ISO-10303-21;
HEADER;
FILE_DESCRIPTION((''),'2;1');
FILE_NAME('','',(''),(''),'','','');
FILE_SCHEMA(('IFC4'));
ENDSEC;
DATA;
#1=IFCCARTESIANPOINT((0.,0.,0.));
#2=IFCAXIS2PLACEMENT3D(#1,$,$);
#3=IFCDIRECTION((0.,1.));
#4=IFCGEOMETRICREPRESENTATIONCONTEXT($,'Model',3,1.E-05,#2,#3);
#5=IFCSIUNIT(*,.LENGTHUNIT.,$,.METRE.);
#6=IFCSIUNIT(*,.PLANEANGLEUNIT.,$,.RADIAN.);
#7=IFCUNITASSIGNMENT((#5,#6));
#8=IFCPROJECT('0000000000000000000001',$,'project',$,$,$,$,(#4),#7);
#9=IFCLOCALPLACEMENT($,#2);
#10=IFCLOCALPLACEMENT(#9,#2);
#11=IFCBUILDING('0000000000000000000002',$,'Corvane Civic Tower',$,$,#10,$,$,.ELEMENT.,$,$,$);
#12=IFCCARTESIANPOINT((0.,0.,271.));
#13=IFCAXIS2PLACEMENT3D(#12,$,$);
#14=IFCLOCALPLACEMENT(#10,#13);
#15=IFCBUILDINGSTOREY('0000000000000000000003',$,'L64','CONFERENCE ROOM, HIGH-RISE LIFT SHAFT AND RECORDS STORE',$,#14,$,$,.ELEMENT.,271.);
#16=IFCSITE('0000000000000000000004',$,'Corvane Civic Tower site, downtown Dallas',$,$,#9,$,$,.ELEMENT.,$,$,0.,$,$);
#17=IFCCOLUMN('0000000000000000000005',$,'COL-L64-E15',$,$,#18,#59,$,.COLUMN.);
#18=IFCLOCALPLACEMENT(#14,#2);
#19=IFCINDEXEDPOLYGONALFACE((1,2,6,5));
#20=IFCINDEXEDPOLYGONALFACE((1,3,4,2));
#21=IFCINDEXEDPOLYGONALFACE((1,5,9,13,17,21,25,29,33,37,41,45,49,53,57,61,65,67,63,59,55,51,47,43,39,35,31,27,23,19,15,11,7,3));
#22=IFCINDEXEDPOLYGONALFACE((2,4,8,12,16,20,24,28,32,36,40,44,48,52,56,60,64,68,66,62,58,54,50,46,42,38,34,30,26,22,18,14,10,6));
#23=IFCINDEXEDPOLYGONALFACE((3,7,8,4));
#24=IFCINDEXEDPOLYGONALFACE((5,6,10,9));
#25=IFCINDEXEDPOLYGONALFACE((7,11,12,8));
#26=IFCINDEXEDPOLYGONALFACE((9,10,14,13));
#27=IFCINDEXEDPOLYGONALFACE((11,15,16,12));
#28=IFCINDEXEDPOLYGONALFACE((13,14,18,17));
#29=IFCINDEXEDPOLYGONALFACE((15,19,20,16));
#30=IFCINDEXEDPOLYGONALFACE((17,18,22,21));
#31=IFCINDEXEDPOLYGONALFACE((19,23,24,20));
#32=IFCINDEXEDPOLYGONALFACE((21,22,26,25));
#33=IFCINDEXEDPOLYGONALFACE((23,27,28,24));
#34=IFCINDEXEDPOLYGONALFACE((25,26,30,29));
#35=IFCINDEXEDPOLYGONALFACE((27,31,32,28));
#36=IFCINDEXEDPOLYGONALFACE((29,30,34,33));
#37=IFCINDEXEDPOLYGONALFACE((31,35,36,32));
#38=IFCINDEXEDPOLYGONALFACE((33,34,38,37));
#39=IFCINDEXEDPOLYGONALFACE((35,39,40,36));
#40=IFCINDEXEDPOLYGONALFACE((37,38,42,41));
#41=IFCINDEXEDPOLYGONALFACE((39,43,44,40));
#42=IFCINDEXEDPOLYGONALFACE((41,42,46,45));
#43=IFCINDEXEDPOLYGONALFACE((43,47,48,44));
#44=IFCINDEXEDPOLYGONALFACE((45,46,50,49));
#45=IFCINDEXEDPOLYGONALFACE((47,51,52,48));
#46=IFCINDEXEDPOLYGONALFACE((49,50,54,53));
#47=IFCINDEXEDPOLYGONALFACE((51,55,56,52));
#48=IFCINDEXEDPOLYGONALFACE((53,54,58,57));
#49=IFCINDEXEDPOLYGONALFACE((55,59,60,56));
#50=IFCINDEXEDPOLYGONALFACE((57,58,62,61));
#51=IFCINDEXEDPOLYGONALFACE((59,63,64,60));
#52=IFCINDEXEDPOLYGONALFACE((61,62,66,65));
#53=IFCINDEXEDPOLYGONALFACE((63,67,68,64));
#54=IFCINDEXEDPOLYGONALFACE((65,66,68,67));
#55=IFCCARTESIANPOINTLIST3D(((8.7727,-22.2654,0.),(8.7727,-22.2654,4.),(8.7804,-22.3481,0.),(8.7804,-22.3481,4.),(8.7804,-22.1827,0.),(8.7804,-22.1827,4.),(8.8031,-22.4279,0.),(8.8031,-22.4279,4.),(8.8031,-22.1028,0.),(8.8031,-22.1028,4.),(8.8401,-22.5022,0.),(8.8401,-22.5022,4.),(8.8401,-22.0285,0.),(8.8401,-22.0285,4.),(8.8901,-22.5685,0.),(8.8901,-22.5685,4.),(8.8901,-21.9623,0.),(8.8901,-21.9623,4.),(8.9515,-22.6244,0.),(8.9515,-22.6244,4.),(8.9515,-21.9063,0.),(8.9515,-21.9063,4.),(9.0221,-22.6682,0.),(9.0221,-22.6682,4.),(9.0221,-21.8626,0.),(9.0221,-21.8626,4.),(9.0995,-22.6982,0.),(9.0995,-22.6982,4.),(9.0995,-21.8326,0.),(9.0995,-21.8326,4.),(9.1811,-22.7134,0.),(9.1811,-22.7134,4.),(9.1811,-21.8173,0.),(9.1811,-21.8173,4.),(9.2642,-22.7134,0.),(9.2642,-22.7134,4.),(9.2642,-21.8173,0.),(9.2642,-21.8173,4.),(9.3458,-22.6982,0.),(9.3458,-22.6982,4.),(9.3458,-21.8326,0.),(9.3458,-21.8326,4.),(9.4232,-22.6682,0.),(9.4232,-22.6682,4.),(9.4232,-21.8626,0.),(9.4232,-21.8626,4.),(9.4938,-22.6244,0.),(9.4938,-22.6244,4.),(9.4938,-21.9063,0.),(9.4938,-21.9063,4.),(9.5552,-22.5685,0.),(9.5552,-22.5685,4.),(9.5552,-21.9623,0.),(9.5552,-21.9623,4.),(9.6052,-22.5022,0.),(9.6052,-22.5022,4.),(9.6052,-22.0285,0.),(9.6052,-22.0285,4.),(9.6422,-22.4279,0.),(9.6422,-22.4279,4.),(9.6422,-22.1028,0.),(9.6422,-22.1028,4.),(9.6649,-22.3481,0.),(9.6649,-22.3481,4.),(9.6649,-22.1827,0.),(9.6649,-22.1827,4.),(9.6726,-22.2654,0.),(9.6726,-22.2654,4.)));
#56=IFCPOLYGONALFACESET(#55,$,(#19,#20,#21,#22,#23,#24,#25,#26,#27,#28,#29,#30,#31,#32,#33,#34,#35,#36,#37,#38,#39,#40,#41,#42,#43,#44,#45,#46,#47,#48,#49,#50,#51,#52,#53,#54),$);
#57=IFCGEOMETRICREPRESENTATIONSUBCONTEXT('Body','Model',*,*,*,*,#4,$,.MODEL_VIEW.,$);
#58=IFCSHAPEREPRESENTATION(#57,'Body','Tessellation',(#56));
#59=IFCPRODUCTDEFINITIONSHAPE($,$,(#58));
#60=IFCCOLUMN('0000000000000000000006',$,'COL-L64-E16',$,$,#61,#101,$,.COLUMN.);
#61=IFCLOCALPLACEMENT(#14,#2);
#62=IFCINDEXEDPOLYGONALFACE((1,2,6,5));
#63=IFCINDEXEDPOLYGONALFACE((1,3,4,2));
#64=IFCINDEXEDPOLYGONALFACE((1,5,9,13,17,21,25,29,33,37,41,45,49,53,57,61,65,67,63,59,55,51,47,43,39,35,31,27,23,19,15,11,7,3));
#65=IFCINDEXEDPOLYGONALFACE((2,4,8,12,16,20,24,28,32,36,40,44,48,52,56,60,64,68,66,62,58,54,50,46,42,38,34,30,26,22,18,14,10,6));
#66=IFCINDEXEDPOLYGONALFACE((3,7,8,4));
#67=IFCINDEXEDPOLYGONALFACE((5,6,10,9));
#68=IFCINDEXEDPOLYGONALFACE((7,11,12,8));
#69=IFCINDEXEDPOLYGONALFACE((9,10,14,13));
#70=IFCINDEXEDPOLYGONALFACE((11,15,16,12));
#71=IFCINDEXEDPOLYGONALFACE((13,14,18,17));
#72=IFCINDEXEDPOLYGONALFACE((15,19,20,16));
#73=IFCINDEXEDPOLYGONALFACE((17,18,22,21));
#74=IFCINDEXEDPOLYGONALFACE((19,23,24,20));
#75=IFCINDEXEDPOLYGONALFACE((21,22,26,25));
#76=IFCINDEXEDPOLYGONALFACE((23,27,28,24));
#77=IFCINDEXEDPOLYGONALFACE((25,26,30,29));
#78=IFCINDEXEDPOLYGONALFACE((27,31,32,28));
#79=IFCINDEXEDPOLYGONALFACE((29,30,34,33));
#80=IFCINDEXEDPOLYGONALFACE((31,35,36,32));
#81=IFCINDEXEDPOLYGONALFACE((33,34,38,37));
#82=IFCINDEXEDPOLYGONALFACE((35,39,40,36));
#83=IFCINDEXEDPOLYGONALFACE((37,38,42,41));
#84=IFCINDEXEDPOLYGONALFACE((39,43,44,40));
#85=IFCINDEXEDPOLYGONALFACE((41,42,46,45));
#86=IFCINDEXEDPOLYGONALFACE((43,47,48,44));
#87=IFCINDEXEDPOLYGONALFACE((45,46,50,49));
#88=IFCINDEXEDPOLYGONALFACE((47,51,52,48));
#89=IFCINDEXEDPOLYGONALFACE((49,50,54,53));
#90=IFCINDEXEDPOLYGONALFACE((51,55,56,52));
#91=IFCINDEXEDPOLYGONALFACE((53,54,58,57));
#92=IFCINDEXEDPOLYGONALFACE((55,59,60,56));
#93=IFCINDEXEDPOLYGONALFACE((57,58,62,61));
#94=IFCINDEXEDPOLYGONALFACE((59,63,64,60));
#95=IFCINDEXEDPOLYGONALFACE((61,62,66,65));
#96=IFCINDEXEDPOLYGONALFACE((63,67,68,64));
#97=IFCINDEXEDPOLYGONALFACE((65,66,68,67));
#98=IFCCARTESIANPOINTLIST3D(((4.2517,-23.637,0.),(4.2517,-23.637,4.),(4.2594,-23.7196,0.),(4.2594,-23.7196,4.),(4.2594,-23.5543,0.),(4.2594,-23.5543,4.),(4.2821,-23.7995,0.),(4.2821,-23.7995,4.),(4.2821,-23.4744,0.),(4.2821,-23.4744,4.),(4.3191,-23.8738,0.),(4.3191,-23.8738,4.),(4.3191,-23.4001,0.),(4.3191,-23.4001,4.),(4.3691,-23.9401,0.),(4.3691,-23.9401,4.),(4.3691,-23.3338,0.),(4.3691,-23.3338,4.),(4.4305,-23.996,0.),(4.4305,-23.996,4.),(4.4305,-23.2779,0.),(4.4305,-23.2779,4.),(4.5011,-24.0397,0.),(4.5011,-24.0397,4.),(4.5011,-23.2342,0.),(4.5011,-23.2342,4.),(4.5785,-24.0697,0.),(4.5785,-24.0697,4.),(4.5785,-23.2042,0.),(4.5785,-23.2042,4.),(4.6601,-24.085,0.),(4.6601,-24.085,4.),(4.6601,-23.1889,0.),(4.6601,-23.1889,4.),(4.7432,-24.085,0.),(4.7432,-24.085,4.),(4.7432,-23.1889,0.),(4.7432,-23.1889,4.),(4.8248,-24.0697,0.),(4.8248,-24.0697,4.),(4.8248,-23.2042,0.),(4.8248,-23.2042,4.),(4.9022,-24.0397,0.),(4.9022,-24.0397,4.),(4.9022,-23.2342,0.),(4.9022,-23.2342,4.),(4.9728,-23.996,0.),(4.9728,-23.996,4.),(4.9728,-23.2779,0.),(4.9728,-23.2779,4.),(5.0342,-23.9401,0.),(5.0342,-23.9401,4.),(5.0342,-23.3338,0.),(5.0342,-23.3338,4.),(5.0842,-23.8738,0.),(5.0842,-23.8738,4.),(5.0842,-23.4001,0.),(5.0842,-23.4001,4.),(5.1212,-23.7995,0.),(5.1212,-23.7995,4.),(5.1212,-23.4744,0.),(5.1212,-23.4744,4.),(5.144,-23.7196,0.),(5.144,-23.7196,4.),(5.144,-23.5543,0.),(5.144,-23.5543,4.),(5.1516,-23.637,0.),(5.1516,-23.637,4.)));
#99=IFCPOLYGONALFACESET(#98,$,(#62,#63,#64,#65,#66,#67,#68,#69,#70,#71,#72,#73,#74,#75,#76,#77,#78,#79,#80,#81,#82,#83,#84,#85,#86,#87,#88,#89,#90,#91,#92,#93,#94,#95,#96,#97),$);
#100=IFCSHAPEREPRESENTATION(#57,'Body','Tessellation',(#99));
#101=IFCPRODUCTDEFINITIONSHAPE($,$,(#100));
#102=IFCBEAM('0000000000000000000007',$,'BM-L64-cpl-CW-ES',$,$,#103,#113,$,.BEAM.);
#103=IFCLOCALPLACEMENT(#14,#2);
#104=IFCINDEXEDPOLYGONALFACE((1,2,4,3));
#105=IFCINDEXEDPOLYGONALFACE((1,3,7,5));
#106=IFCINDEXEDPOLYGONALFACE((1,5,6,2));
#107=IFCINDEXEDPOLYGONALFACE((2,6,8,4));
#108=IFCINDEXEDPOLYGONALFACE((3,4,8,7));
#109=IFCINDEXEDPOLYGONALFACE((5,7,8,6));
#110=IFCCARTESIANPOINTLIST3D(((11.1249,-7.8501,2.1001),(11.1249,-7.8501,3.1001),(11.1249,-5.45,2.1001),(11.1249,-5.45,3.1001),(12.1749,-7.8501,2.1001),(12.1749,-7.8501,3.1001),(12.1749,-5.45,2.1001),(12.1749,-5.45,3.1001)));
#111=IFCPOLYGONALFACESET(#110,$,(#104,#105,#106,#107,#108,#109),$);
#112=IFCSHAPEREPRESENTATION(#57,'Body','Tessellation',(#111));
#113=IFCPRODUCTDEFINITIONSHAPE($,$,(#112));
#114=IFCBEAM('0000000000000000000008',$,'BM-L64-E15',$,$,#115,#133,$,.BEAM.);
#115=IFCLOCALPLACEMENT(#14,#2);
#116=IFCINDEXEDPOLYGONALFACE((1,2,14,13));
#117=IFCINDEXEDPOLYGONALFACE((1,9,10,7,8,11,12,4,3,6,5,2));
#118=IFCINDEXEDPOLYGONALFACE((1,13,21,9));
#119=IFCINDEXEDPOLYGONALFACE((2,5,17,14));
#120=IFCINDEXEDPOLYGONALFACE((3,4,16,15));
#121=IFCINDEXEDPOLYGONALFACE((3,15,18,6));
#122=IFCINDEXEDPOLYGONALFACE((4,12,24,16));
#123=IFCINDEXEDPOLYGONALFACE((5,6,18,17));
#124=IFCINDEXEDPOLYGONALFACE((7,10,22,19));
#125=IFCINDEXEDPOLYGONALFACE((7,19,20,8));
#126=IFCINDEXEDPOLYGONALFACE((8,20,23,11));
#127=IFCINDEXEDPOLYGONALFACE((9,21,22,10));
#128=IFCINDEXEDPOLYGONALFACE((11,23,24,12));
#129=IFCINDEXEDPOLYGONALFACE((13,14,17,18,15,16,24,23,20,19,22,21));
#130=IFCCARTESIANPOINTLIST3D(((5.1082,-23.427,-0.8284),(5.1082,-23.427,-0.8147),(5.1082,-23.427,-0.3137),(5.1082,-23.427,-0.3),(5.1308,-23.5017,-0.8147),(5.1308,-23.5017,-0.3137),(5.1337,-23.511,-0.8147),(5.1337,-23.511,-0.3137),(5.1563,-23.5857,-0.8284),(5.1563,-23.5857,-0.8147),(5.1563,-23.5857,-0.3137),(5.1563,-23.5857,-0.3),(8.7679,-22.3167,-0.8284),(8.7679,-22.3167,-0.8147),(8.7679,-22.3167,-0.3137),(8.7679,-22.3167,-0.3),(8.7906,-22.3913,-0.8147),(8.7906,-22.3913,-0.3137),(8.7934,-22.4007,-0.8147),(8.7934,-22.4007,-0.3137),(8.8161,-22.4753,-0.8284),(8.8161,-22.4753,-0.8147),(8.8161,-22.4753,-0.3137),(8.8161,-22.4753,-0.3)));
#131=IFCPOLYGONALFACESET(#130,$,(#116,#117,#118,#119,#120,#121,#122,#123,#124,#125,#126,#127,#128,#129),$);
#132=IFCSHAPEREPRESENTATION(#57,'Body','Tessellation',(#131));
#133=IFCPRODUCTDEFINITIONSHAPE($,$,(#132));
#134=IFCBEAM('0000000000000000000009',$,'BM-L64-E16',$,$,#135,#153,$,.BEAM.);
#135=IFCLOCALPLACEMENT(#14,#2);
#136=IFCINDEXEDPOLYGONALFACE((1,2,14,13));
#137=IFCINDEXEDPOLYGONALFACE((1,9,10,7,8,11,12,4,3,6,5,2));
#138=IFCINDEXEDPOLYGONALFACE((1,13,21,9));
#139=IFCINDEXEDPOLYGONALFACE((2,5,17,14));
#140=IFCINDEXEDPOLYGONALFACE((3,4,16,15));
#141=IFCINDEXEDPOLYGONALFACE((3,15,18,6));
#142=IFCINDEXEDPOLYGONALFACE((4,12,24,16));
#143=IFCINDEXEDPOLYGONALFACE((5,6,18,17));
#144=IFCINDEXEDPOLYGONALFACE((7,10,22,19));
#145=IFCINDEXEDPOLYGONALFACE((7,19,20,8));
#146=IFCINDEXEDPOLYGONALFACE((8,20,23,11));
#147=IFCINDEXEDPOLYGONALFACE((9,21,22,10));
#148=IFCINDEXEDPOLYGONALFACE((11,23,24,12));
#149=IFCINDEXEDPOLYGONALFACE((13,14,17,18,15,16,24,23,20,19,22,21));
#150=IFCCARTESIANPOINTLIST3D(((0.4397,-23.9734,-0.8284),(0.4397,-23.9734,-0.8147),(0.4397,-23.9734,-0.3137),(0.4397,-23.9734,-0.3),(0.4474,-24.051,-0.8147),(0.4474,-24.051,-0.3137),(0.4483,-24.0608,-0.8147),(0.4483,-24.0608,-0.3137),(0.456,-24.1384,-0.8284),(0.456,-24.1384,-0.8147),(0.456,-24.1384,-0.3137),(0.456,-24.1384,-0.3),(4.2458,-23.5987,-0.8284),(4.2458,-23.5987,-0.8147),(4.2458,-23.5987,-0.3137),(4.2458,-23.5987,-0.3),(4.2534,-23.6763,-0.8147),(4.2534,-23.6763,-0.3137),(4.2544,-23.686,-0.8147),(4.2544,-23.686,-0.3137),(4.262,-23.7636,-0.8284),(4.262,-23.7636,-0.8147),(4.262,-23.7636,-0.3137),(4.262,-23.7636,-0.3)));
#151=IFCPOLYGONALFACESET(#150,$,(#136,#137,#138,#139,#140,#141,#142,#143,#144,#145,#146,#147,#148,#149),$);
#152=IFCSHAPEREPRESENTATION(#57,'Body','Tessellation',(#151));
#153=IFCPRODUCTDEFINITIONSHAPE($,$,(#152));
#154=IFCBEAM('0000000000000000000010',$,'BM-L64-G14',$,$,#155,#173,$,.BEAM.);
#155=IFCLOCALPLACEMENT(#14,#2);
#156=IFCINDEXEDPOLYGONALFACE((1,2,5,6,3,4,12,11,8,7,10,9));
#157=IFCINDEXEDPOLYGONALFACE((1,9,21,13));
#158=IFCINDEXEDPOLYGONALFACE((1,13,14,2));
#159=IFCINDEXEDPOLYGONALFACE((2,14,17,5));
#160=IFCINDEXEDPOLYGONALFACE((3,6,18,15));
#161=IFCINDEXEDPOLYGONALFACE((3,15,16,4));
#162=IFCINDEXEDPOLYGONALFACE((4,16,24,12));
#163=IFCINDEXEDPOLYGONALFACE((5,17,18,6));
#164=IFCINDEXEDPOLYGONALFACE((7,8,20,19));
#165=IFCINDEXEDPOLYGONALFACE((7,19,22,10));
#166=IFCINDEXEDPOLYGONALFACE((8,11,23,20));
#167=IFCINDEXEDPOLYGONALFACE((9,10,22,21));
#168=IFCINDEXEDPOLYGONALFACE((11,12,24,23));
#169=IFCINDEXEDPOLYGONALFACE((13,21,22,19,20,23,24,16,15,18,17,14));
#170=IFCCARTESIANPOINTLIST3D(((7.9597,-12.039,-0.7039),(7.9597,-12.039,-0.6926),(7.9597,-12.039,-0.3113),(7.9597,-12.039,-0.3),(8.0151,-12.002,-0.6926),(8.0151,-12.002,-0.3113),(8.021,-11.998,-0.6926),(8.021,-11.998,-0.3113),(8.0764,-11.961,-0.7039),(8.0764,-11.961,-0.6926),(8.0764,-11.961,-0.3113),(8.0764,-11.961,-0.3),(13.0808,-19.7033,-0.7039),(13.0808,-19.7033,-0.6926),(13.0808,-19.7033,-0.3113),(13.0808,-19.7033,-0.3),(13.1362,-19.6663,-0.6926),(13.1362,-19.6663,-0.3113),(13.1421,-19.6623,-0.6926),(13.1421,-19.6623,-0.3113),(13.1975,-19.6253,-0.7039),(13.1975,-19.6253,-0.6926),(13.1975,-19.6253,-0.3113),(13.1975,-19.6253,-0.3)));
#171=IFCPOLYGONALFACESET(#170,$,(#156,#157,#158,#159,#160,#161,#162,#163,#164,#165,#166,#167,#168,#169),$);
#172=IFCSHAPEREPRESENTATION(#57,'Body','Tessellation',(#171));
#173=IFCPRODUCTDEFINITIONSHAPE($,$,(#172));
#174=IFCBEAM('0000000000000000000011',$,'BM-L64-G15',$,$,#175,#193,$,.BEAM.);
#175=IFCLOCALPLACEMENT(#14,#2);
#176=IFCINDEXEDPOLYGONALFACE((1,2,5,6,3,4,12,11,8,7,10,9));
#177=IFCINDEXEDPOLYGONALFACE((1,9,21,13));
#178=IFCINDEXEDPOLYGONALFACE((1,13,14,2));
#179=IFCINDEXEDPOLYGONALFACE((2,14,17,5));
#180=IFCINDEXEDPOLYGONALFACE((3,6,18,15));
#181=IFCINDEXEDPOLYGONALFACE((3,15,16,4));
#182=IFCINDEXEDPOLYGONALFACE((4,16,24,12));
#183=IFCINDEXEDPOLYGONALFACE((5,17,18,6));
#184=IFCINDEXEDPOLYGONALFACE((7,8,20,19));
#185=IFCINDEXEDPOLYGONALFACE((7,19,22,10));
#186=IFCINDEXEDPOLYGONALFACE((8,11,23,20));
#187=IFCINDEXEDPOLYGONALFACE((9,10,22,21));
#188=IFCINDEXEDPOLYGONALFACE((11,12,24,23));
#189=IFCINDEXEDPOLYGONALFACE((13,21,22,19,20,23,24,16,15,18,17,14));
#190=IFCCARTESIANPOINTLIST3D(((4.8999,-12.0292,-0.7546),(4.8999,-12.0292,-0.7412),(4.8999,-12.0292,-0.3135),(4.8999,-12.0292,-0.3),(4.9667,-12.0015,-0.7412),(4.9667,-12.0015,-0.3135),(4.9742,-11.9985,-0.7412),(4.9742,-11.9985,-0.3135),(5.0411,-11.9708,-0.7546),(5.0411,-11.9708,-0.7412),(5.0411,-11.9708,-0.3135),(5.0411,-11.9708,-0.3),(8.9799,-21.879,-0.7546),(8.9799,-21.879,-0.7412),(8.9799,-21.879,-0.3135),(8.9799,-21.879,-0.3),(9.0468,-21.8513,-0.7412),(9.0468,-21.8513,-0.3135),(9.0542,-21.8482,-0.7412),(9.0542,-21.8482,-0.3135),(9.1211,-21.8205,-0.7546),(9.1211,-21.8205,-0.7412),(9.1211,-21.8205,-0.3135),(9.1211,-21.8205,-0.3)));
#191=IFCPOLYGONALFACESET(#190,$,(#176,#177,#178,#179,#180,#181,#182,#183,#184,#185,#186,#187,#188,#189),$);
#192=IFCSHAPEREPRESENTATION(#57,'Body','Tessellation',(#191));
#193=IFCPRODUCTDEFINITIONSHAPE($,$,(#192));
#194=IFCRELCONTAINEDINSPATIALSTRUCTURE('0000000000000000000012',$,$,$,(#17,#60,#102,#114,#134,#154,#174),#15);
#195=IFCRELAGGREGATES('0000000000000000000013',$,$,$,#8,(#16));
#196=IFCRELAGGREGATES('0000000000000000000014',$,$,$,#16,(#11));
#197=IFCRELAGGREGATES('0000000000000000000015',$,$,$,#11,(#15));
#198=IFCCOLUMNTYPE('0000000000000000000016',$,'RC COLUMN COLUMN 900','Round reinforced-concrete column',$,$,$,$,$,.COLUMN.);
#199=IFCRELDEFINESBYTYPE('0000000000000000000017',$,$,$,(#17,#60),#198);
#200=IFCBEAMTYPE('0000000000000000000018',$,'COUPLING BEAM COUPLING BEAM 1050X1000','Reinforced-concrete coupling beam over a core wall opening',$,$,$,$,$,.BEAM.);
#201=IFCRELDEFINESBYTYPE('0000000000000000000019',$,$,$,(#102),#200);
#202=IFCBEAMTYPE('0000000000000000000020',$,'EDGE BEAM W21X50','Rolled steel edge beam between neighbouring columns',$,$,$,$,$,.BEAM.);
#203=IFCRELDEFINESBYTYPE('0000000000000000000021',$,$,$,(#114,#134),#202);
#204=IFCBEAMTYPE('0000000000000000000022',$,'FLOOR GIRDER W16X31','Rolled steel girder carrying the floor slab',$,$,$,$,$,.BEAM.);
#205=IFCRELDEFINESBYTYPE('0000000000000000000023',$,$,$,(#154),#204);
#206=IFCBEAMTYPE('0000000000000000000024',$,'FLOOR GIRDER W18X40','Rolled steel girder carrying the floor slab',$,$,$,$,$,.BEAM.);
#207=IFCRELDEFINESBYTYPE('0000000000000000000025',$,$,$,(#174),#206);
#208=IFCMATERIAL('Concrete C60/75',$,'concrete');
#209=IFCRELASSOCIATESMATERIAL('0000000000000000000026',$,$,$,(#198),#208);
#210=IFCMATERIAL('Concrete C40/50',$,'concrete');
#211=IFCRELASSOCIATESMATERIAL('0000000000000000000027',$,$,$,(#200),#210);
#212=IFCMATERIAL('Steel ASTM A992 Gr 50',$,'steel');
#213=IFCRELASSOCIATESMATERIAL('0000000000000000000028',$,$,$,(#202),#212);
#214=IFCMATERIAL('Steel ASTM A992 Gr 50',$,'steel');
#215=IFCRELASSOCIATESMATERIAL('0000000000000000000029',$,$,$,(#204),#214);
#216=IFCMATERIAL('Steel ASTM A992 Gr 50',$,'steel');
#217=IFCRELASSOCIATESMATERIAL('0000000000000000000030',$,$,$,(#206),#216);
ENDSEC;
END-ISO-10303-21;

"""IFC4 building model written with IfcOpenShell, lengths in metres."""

from ifc_helpers import new_model, si_unit, direction, frame, origin, origin_2d, place, context, subcontext, project, spatial, rectangle, circle, i_section, extrude, material, material_profile, profile_set, type_object, element, save


model = new_model("IFC4")

# Units and contexts
model_context = context("Model", 3, precision=1e-05, world=origin(), true_north=direction((0.0, 1.0)))
body_context = subcontext(model_context, "Body", "Model", "MODEL_VIEW")
ifc_project = project(units=[si_unit("LENGTHUNIT", "METRE"), si_unit("PLANEANGLEUNIT", "RADIAN")], contexts=[model_context])

# Site, building, storey
site_placement = place(None, origin())
site = spatial("IfcSite", under=ifc_project, at=site_placement, Name="Corvane Civic Tower site, downtown Dallas", CompositionType="ELEMENT", RefElevation=0.0)
building_placement = place(site_placement, origin())
building = spatial("IfcBuilding", under=site, at=building_placement, Name="Corvane Civic Tower", CompositionType="ELEMENT")
storey_placement = place(building_placement, frame((0.0, 0.0, 271.0)))
storey = spatial("IfcBuildingStorey", under=building, at=storey_placement, Name="L64", Description="CONFERENCE ROOM, HIGH-RISE LIFT SHAFT AND RECORDS STORE", CompositionType="ELEMENT", Elevation=271.0)

# Columns
ifc_material_1 = material(Name="Concrete C60/75", Category="concrete")
ifc_material_profile_1 = material_profile(ifc_material_1, circle(Radius=0.45, at=origin_2d()), Name="COLUMN 900")
ifc_profile_set_1 = profile_set([ifc_material_profile_1], Name="Concrete C60/75")
column_type = type_object("IfcColumnType", Name="RC COLUMN COLUMN 900", Description="Round reinforced-concrete column", PredefinedType="COLUMN", material=ifc_profile_set_1)
for number, where, z_axis, x_axis, name in (
    (1, (9.2227, -22.2654, 0.0), (0.0, 0.0, 1.0), (1.0, 0.0, 0.0), "COL-L64-E15"),
    (2, (4.7017, -23.637, 0.0), (0.0, 0.0, 1.0), (1.0, 0.0, 0.0), "COL-L64-E16"),
):
    element("IfcColumn", number, at=place(storey_placement, frame(where, z_axis=z_axis, x_axis=x_axis)), inside=storey, type_object=column_type, Name=name, PredefinedType="COLUMN", context=body_context, shape_type="SweptSolid", body=[
        extrude(circle(Radius=0.45, at=origin_2d()), origin(), (0.0, 0.0, 1.0), 4.0),
    ])

# Beams
ifc_material_2 = material(Name="Concrete C40/50", Category="concrete")
ifc_material_profile_2 = material_profile(ifc_material_2, rectangle(XDim=1.05, YDim=1.0, at=origin_2d()), Name="COUPLING BEAM 1050X1000")
ifc_profile_set_2 = profile_set([ifc_material_profile_2], Name="Concrete C40/50")
beam_type_1 = type_object("IfcBeamType", Name="COUPLING BEAM COUPLING BEAM 1050X1000", Description="Reinforced-concrete coupling beam over a core wall opening", PredefinedType="BEAM", material=ifc_profile_set_2)
beam_1_placement = place(storey_placement, frame((11.6499, -7.8501, 2.6001), z_axis=(0.0, 1.0, 0.0), x_axis=(-1.0, 0.0, 0.0)))
element("IfcBeam", 3, at=beam_1_placement, inside=storey, type_object=beam_type_1, Name="BM-L64-cpl-CW-ES", PredefinedType="BEAM", context=body_context, shape_type="SweptSolid", body=[
    extrude(rectangle(XDim=1.05, YDim=1.0, at=origin_2d()), origin(), (0.0, 0.0, 1.0), 2.4001),
])
ifc_material_3 = material(Name="Steel ASTM A992 Gr 50", Category="steel")
ifc_material_profile_3 = material_profile(ifc_material_3, i_section(OverallWidth=0.1658, OverallDepth=0.5283, WebThickness=0.0098, FlangeThickness=0.0137, at=origin_2d()), Name="W21X50")
ifc_profile_set_3 = profile_set([ifc_material_profile_3], Name="Steel ASTM A992 Gr 50")
beam_type_2 = type_object("IfcBeamType", Name="EDGE BEAM W21X50", Description="Rolled steel edge beam between neighbouring columns", PredefinedType="BEAM", material=ifc_profile_set_3)
for number, where, z_axis, x_axis, name in (
    (4, (8.792, -22.396, -0.5642), (-0.956926, -0.290333, 0.0), (0.290333, -0.956926, 0.0), "BM-L64-E15"),
    (5, (4.2539, -23.6812, -0.5642), (-0.995188, -0.097987, 0.0), (0.097987, -0.995188, 0.0), "BM-L64-E16"),
):
    element("IfcBeam", number, at=place(storey_placement, frame(where, z_axis=z_axis, x_axis=x_axis)), inside=storey, type_object=beam_type_2, Name=name, PredefinedType="BEAM", context=body_context, shape_type="SweptSolid", body=[
        extrude(i_section(OverallWidth=0.1658, OverallDepth=0.5283, WebThickness=0.0098, FlangeThickness=0.0137, at=origin_2d()), origin(), (0.0, 0.0, 1.0), 3.8245),
    ])
ifc_material_4 = material(Name="Steel ASTM A992 Gr 50", Category="steel")
ifc_material_profile_4 = material_profile(ifc_material_4, i_section(OverallWidth=0.1404, OverallDepth=0.4038, WebThickness=0.0071, FlangeThickness=0.0112, at=origin_2d()), Name="W16X31")
ifc_profile_set_4 = profile_set([ifc_material_profile_4], Name="Steel ASTM A992 Gr 50")
beam_type_3 = type_object("IfcBeamType", Name="FLOOR GIRDER W16X31", Description="Rolled steel girder carrying the floor slab", PredefinedType="BEAM", material=ifc_profile_set_4)
beam_2_placement = place(storey_placement, frame((8.0181, -12.0, -0.502), z_axis=(0.555568, -0.831471, 0.0), x_axis=(0.831471, 0.555568, 0.0)))
element("IfcBeam", 6, at=beam_2_placement, inside=storey, type_object=beam_type_3, Name="BM-L64-G14", PredefinedType="BEAM", context=body_context, shape_type="SweptSolid", body=[
    extrude(i_section(OverallWidth=0.1404, OverallDepth=0.4038, WebThickness=0.0071, FlangeThickness=0.0112, at=origin_2d()), origin(), (0.0, 0.0, 1.0), 9.2178),
])
ifc_material_5 = material(Name="Steel ASTM A992 Gr 50", Category="steel")
ifc_material_profile_5 = material_profile(ifc_material_5, i_section(OverallWidth=0.1528, OverallDepth=0.4546, WebThickness=0.0081, FlangeThickness=0.0134, at=origin_2d()), Name="W18X40")
ifc_profile_set_5 = profile_set([ifc_material_profile_5], Name="Steel ASTM A992 Gr 50")
beam_type_4 = type_object("IfcBeamType", Name="FLOOR GIRDER W18X40", Description="Rolled steel girder carrying the floor slab", PredefinedType="BEAM", material=ifc_profile_set_5)
beam_3_placement = place(storey_placement, frame((4.9705, -12.0, -0.5273), z_axis=(0.382694, -0.923875, 0.0), x_axis=(0.923875, 0.382694, 0.0)))
element("IfcBeam", 7, at=beam_3_placement, inside=storey, type_object=beam_type_4, Name="BM-L64-G15", PredefinedType="BEAM", context=body_context, shape_type="SweptSolid", body=[
    extrude(i_section(OverallWidth=0.1528, OverallDepth=0.4546, WebThickness=0.0081, FlangeThickness=0.0134, at=origin_2d()), origin(), (0.0, 0.0, 1.0), 10.6614),
])

save(model, "model.ifc")
